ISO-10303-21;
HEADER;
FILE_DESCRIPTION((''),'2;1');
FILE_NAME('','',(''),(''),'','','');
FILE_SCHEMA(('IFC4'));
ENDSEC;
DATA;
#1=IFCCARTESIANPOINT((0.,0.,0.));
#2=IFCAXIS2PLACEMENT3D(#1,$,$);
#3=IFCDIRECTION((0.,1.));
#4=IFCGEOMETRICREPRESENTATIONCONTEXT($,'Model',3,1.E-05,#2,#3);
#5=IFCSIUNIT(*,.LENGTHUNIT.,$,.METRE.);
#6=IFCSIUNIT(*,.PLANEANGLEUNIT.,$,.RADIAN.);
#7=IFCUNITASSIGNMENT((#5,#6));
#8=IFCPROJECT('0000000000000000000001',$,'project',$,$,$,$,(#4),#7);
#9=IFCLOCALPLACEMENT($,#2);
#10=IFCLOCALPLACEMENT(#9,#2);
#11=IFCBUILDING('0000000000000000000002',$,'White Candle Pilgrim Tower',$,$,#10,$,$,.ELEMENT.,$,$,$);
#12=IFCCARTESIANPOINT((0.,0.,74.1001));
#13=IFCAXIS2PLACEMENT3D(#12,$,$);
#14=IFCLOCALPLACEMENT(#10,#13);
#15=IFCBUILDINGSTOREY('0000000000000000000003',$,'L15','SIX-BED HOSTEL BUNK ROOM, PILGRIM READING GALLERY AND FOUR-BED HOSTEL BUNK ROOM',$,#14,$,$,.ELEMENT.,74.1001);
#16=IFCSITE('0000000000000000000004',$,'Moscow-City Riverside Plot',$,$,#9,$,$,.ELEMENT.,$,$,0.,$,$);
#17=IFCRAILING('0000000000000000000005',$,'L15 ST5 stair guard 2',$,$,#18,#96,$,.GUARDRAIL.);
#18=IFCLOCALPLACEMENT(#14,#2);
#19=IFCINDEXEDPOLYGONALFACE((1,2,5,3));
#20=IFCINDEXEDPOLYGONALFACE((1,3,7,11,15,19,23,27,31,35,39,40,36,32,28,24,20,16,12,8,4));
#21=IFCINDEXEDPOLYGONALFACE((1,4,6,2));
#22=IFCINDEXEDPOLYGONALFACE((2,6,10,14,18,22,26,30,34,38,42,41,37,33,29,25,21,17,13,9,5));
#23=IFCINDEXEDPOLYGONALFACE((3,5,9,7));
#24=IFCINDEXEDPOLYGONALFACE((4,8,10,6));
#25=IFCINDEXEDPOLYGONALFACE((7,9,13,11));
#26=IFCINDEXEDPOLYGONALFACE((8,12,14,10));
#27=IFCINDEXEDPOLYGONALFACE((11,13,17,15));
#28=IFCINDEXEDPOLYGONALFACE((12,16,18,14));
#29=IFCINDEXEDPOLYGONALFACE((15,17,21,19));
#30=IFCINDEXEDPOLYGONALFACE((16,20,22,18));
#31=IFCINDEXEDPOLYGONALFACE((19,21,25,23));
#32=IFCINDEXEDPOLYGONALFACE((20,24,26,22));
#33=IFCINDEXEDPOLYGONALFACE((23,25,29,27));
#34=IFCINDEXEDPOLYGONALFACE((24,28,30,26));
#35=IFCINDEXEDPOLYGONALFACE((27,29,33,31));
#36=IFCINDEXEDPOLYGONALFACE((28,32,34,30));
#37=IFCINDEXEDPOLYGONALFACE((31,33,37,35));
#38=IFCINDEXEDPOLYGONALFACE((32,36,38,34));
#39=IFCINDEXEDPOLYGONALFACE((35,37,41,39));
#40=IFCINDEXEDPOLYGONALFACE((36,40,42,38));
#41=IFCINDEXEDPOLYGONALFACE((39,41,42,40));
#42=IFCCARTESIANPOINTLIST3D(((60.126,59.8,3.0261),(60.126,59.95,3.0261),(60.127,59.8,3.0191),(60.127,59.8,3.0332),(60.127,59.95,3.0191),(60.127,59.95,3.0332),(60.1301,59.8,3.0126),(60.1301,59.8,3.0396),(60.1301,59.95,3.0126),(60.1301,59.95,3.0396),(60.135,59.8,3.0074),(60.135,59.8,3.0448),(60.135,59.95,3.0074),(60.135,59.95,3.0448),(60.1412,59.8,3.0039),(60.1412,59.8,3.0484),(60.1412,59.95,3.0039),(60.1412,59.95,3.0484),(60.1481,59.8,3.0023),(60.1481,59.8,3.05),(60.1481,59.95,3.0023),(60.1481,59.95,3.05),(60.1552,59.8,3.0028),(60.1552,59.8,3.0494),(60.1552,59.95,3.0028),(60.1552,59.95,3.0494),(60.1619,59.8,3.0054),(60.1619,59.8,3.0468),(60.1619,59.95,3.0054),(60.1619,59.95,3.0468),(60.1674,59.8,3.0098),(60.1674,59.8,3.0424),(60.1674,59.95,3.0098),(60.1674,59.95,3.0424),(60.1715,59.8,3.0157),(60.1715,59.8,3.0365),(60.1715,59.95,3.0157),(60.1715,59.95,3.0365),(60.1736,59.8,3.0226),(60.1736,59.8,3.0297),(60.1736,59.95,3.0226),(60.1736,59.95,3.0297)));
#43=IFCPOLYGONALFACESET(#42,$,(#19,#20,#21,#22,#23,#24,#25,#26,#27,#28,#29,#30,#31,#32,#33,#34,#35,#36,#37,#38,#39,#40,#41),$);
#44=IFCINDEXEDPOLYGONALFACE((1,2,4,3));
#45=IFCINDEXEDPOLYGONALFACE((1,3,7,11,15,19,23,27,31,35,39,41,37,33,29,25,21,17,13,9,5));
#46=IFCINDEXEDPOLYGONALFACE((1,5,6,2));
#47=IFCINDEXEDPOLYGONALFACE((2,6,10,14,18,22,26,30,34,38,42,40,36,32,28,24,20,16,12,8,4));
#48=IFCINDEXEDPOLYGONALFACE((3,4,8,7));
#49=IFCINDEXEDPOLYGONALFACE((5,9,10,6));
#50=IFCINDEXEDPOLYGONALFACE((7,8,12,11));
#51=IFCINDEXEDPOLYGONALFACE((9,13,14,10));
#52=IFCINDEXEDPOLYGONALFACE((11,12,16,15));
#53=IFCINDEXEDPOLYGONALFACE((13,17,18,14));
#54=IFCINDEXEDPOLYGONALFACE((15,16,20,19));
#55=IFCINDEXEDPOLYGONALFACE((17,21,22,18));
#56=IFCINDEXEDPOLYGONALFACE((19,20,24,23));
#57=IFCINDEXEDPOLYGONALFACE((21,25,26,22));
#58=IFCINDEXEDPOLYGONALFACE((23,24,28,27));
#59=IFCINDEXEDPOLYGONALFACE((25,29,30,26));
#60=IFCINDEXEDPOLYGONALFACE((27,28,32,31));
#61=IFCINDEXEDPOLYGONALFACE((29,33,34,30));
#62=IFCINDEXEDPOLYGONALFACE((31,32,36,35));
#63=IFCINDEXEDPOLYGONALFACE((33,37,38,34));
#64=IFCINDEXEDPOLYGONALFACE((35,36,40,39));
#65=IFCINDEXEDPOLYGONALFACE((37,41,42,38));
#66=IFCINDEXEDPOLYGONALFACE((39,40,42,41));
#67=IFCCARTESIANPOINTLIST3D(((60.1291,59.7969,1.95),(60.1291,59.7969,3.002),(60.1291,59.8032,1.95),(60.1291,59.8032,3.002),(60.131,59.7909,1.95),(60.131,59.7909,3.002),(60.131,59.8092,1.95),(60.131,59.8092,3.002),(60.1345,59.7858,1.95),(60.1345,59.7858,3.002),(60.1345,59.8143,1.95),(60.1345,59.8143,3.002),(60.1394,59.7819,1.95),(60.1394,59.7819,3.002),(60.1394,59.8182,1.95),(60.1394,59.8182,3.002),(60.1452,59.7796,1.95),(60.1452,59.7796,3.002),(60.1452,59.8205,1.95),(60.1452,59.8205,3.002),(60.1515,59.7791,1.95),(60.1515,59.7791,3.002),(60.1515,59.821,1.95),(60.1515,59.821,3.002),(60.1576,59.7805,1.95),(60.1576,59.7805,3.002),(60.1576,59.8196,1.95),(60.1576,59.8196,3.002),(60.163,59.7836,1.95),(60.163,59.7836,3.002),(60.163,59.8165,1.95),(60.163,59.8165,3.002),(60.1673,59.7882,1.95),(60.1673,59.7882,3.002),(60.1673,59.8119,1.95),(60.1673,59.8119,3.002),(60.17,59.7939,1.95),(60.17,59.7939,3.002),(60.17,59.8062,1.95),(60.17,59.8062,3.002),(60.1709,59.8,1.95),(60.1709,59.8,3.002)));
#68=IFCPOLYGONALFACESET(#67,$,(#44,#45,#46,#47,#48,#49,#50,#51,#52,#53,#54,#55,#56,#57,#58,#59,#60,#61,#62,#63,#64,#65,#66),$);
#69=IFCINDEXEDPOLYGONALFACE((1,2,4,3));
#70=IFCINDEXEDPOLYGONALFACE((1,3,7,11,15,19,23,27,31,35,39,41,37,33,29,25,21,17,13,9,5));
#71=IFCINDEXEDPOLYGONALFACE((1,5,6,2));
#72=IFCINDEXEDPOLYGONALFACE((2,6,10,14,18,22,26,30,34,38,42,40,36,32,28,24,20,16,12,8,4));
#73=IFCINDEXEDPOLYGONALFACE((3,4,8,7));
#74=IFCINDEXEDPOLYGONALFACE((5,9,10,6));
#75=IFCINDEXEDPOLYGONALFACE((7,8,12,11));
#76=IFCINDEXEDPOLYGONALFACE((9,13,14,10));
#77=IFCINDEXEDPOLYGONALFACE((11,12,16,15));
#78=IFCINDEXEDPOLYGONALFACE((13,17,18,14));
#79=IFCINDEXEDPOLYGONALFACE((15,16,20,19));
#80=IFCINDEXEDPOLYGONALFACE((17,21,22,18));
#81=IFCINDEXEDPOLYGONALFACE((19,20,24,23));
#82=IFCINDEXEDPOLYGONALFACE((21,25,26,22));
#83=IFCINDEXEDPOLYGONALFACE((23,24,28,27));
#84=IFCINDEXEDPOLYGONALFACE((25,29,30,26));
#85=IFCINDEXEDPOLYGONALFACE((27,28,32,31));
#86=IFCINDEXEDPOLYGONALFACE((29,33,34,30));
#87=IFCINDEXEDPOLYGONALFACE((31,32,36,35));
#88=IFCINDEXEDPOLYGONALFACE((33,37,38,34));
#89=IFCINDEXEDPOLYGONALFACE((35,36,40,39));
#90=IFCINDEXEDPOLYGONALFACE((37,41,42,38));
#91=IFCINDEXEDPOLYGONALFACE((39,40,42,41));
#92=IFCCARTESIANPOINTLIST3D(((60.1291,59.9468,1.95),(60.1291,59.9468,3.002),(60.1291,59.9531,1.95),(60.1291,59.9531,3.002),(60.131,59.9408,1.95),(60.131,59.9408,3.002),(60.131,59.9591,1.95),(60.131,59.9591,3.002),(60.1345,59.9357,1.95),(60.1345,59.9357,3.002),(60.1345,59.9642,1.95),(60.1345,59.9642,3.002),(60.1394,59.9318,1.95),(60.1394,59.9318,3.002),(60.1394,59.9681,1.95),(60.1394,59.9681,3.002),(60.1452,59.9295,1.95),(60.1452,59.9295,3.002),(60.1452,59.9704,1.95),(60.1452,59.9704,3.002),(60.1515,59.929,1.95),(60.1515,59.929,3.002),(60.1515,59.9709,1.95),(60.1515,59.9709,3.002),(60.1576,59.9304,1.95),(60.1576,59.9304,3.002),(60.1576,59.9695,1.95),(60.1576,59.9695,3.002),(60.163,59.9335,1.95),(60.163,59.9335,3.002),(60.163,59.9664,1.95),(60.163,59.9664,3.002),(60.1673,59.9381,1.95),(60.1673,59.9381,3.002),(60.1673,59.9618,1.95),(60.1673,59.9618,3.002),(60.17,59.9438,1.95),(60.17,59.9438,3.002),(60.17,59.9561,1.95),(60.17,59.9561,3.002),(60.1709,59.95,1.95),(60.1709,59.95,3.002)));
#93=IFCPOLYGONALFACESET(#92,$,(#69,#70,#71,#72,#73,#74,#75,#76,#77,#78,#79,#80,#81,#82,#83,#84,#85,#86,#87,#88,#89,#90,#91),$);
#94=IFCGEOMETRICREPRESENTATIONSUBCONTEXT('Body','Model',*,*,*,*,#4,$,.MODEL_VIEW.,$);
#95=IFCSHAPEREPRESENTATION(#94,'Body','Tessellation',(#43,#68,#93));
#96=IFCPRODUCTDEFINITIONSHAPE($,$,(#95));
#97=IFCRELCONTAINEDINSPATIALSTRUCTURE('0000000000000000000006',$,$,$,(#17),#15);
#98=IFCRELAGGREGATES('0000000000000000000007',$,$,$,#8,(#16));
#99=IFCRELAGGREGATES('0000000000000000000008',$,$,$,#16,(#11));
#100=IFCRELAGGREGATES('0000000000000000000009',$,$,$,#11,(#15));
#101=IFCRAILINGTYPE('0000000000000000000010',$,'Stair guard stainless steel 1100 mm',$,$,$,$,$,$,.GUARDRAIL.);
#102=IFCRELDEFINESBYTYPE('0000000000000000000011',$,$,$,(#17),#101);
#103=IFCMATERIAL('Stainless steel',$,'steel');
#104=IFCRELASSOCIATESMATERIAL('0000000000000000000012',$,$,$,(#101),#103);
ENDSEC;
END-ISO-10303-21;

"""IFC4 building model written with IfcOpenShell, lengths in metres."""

from ifc_helpers import new_model, si_unit, direction, frame, origin, origin_2d, place, context, subcontext, project, spatial, circle, extrude, material, type_object, element, save


model = new_model("IFC4")

# Units and contexts
model_context = context("Model", 3, precision=1e-05, world=origin(), true_north=direction((0.0, 1.0)))
body_context = subcontext(model_context, "Body", "Model", "MODEL_VIEW")
ifc_project = project(units=[si_unit("LENGTHUNIT", "METRE"), si_unit("PLANEANGLEUNIT", "RADIAN")], contexts=[model_context])

# Site, building, storey
site_placement = place(None, origin())
site = spatial("IfcSite", under=ifc_project, at=site_placement, Name="Moscow-City Riverside Plot", CompositionType="ELEMENT", RefElevation=0.0)
building_placement = place(site_placement, origin())
building = spatial("IfcBuilding", under=site, at=building_placement, Name="White Candle Pilgrim Tower", CompositionType="ELEMENT")
storey_placement = place(building_placement, frame((0.0, 0.0, 74.1001)))
storey = spatial("IfcBuildingStorey", under=building, at=storey_placement, Name="L15", Description="SIX-BED HOSTEL BUNK ROOM, PILGRIM READING GALLERY AND FOUR-BED HOSTEL BUNK ROOM", CompositionType="ELEMENT", Elevation=74.1001)

# Railing
ifc_material_1 = material(Name="Stainless steel", Category="steel")
railing_type_1 = type_object("IfcRailingType", Name="Stair guard stainless steel 1100 mm", PredefinedType="GUARDRAIL", material=ifc_material_1)
railing_1_placement = place(storey_placement, frame((60.1499, 59.8, 1.95)))
element("IfcRailing", 1, at=railing_1_placement, inside=storey, type_object=railing_type_1, Name="L15 ST5 stair guard 2", PredefinedType="GUARDRAIL", context=body_context, shape_type="SweptSolid", body=[
    extrude(circle(Radius=0.0239, at=origin_2d()), frame((0.0, 0.0, 1.0762), z_axis=(0.0, 1.0, 0.0), x_axis=(-1.0, 0.0, 0.0)), (0.0, 0.0, 1.0), 0.1499),
    extrude(circle(Radius=0.021, at=origin_2d()), origin(), (0.0, 0.0, 1.0), 1.052),
    extrude(circle(Radius=0.021, at=origin_2d()), frame((0.0, 0.1499, 0.0)), (0.0, 0.0, 1.0), 1.052),
])

save(model, "model.ifc")
